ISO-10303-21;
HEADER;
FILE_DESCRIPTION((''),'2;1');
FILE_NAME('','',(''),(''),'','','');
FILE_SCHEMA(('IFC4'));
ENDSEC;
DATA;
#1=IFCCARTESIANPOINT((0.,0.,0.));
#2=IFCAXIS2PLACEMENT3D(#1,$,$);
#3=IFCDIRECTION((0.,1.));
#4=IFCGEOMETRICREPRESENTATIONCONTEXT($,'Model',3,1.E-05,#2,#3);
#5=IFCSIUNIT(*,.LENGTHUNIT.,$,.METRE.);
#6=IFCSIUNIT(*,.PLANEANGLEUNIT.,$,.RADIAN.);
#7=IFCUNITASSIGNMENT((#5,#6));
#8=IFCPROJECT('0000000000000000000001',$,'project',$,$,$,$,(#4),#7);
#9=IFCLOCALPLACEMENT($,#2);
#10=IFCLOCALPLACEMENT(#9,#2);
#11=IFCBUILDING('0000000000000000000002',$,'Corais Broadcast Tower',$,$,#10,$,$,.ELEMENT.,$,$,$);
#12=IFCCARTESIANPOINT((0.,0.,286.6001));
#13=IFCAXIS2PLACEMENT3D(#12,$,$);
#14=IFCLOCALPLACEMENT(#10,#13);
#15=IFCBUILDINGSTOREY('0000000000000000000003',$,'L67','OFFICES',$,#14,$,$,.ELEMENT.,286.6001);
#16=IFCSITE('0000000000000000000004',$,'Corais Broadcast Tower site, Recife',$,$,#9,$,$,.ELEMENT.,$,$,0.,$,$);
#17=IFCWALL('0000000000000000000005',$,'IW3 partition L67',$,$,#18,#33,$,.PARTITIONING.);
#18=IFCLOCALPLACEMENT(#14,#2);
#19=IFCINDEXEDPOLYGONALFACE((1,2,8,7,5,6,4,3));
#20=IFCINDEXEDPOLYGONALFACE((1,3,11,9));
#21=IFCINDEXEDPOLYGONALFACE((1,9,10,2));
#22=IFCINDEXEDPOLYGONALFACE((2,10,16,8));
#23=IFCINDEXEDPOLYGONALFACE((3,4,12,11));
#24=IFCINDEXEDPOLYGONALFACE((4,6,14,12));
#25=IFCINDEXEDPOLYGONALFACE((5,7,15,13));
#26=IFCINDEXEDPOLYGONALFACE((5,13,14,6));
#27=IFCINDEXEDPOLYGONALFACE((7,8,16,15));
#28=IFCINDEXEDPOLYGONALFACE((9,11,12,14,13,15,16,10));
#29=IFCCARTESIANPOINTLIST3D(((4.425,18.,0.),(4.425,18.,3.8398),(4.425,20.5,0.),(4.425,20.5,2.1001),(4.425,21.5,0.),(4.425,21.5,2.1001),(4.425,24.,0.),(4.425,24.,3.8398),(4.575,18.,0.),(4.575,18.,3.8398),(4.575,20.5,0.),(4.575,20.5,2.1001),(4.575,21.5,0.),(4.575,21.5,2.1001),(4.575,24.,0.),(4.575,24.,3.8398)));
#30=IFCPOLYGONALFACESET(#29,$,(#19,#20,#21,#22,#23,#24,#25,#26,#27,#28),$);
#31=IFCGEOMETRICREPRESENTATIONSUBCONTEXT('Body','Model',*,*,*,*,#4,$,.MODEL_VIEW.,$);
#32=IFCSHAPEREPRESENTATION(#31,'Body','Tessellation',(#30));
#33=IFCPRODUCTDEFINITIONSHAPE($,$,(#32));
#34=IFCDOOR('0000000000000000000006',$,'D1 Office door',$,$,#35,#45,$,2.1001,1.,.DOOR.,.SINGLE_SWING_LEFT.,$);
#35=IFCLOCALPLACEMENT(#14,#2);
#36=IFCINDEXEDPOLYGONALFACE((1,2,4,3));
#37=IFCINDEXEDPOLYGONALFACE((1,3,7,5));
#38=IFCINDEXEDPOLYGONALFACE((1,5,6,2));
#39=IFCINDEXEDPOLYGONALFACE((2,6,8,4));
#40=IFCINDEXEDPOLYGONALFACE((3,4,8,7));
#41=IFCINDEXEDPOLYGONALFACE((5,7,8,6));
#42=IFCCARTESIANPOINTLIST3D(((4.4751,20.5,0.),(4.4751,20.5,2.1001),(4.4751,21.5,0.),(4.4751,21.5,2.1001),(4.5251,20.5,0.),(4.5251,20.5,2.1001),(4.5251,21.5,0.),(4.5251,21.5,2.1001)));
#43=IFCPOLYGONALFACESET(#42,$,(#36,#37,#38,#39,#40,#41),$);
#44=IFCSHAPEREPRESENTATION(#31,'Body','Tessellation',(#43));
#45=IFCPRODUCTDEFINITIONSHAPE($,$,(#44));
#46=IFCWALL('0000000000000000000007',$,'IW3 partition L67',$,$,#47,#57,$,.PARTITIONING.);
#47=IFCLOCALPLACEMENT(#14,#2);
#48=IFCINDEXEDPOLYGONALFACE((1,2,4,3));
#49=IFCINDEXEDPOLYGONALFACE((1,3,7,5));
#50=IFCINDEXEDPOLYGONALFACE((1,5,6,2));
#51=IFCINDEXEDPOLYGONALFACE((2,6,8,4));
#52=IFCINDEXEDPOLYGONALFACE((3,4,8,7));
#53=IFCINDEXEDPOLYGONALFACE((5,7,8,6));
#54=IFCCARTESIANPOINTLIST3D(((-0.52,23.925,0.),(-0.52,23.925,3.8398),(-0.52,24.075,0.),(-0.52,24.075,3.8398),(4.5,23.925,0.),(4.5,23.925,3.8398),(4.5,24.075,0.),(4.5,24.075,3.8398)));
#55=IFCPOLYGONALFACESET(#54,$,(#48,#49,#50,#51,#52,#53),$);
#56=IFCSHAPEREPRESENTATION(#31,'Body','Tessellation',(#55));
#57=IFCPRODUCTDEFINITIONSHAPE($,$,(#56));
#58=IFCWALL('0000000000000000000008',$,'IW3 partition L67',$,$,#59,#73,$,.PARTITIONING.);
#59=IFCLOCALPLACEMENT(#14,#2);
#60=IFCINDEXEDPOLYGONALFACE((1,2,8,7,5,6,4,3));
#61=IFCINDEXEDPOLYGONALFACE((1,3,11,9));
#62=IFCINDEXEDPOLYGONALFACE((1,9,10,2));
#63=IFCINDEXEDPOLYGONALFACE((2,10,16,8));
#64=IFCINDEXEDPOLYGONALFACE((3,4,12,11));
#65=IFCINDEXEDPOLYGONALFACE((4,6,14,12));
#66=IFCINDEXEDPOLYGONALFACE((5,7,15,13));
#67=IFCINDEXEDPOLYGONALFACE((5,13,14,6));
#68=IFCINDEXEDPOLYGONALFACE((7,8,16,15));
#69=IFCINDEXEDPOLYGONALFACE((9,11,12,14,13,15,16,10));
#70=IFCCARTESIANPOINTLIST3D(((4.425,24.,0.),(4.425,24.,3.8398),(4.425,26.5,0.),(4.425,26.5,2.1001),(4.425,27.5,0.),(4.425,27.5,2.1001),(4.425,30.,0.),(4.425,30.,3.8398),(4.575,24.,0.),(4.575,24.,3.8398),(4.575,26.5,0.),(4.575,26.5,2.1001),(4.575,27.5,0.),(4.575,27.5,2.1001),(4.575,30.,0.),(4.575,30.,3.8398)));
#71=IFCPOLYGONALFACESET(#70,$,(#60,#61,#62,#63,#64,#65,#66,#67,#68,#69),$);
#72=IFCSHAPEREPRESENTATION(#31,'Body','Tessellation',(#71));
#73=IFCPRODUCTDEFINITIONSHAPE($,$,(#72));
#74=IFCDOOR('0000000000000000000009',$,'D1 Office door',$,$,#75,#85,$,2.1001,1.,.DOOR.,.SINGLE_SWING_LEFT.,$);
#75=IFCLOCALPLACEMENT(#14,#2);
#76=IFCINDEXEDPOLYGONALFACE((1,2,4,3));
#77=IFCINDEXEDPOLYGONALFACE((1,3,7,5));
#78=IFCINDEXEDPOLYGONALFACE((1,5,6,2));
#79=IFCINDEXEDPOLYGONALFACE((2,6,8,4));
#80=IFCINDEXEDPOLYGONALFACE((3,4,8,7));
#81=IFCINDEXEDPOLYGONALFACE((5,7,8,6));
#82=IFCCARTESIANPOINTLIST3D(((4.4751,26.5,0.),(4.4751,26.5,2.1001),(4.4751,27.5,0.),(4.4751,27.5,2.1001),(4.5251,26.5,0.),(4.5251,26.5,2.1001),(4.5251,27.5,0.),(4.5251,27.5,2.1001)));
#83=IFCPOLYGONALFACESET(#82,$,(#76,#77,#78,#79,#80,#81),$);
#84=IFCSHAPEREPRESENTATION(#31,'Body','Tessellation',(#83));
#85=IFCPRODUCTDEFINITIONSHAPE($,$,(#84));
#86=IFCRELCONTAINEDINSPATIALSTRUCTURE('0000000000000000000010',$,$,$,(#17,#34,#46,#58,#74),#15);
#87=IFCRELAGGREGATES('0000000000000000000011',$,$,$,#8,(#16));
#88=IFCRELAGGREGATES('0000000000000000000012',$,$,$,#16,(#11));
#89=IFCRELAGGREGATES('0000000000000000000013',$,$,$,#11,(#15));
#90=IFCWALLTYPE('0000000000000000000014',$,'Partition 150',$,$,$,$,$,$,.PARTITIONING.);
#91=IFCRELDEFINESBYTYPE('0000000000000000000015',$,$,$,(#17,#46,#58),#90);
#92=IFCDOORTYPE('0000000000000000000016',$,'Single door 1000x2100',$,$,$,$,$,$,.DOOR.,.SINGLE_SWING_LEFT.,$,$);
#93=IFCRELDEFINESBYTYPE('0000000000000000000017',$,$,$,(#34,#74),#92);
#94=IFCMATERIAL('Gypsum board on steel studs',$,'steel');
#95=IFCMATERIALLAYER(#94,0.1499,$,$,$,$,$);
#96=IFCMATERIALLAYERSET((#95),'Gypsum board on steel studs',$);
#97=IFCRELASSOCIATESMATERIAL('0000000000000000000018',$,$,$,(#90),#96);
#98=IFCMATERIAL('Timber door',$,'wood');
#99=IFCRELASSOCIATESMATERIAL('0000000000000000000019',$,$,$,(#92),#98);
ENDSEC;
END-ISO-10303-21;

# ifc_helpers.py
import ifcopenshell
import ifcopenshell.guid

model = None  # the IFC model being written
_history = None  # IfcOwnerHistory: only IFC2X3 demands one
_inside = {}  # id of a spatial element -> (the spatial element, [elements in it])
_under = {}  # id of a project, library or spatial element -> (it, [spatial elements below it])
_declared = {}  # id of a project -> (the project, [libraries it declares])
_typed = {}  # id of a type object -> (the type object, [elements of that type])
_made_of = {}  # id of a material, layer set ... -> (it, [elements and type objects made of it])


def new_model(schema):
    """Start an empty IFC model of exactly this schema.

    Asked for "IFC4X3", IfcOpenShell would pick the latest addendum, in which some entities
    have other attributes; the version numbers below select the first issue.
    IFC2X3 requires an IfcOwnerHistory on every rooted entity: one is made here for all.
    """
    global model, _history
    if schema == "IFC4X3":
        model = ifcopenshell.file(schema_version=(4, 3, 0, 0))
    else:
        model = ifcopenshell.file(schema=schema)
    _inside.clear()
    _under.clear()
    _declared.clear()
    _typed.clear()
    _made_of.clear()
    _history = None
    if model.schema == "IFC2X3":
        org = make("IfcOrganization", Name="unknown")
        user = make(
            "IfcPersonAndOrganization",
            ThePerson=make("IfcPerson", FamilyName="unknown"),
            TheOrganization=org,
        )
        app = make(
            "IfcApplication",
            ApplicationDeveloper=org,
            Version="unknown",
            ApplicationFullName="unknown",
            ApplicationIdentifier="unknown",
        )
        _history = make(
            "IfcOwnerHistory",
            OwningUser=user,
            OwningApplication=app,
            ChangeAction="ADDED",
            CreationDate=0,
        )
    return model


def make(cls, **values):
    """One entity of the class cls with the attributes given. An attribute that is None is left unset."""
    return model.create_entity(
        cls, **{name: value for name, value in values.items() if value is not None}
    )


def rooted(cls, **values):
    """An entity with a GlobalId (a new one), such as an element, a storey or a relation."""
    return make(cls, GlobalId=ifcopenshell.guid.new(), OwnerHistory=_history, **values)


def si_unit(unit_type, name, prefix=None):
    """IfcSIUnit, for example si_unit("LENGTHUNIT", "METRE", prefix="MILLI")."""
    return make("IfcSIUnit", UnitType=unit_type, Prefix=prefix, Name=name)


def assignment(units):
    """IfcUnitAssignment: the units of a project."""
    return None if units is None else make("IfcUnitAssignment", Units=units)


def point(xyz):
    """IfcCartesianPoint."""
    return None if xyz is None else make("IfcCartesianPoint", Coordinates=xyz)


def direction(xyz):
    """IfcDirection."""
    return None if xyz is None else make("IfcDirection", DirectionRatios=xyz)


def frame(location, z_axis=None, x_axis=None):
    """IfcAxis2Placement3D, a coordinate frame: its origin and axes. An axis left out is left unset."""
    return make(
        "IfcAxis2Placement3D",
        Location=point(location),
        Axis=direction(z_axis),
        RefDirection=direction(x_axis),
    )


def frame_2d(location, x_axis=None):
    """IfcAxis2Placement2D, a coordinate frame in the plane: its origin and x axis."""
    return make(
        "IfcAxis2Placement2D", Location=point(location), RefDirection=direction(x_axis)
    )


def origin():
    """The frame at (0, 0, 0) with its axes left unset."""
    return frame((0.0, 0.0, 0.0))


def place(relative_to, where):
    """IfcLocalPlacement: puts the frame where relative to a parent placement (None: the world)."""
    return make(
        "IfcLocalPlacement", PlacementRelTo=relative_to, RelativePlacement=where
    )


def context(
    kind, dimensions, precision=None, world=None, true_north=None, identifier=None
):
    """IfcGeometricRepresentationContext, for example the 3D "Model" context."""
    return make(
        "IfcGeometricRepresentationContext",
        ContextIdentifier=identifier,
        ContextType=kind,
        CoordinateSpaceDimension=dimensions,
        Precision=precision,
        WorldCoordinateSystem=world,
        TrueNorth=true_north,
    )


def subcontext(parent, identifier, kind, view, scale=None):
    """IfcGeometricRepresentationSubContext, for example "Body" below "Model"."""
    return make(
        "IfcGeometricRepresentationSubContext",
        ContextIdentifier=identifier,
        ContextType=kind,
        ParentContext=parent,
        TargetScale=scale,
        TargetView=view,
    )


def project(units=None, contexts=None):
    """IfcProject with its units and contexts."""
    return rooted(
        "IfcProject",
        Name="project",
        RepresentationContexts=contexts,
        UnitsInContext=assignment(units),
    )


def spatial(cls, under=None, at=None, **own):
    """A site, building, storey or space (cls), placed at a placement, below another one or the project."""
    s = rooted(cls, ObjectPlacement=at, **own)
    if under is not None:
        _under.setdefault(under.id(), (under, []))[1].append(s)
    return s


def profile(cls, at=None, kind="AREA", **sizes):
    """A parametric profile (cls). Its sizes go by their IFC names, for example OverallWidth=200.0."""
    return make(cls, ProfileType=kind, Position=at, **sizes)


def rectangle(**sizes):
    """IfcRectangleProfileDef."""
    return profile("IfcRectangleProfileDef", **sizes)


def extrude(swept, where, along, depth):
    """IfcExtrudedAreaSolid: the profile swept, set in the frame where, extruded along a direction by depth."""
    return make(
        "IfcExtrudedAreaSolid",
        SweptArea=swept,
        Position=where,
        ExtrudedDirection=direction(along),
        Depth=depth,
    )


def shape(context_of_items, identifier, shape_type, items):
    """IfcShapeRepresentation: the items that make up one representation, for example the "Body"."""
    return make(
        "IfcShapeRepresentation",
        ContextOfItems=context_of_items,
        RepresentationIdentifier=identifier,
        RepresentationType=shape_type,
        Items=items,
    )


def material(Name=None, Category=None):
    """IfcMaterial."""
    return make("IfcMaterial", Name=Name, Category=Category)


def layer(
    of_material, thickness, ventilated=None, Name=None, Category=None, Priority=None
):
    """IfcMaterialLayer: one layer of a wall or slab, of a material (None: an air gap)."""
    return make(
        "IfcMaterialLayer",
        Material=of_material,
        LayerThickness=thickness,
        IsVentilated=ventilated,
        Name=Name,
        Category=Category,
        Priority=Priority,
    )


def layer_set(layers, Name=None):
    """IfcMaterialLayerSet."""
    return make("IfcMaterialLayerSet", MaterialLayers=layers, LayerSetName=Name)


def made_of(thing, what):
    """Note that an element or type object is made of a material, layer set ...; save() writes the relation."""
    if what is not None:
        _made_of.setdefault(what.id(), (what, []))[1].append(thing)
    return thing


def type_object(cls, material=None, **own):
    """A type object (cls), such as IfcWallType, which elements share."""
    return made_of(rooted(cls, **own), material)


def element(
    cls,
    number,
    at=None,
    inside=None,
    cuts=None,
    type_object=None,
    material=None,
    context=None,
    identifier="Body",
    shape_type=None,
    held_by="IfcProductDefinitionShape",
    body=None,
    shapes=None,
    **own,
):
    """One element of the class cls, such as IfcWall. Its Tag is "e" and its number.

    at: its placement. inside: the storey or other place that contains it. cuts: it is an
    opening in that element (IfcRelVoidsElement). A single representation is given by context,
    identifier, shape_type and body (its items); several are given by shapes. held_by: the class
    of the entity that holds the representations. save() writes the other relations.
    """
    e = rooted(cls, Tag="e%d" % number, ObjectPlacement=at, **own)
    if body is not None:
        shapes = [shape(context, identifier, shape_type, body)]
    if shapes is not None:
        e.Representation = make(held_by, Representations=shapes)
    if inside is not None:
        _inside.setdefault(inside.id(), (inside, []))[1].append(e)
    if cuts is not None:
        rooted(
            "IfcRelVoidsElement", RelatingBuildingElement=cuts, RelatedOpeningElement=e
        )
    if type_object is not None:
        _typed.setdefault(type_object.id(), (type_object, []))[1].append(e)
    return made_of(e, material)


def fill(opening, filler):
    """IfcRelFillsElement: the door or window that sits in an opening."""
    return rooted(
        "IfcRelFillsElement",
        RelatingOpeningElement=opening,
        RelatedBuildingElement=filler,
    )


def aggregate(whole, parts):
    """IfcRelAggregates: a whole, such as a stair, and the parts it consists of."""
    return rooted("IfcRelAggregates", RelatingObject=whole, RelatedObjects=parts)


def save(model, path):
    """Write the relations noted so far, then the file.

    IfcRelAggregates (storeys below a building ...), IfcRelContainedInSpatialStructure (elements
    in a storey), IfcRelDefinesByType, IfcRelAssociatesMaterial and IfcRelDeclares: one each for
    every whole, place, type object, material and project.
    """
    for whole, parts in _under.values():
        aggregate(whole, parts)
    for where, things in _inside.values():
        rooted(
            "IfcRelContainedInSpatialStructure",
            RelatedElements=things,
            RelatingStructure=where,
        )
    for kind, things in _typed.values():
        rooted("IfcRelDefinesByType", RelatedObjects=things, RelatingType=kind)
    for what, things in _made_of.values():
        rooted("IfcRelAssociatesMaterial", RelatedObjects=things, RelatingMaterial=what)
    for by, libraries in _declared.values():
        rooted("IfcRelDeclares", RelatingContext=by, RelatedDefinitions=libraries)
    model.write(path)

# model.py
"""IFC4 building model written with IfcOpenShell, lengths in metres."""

from ifc_helpers import new_model, si_unit, direction, frame, frame_2d, origin, place, context, subcontext, project, spatial, rectangle, extrude, material, layer, layer_set, type_object, element, fill, save


model = new_model("IFC4")

# Units and contexts
model_context = context("Model", 3, precision=1e-05, world=origin(), true_north=direction((0.0, 1.0)))
body_context = subcontext(model_context, "Body", "Model", "MODEL_VIEW")
ifc_project = project(units=[si_unit("LENGTHUNIT", "METRE"), si_unit("PLANEANGLEUNIT", "RADIAN")], contexts=[model_context])

# Site, building, storey
site_placement = place(None, origin())
site = spatial("IfcSite", under=ifc_project, at=site_placement, Name="Corais Broadcast Tower site, Recife", CompositionType="ELEMENT", RefElevation=0.0)
building_placement = place(site_placement, origin())
building = spatial("IfcBuilding", under=site, at=building_placement, Name="Corais Broadcast Tower", CompositionType="ELEMENT")
storey_placement = place(building_placement, frame((0.0, 0.0, 286.6001)))
storey = spatial("IfcBuildingStorey", under=building, at=storey_placement, Name="L67", Description="OFFICES", CompositionType="ELEMENT", Elevation=286.6001)

# Shared definitions
ifc_material_1 = material(Name="Gypsum board on steel studs", Category="steel")
ifc_layer_1 = layer(ifc_material_1, 0.1499)
ifc_layer_set_1 = layer_set([ifc_layer_1], Name="Gypsum board on steel studs")
wall_type = type_object("IfcWallType", Name="Partition 150", PredefinedType="PARTITIONING", material=ifc_layer_set_1)

# Wall, opening, door
wall_1_placement = place(storey_placement, frame((4.5, 18.0, 0.0), z_axis=(0.0, 0.0, 1.0), x_axis=(0.0, 1.0, 0.0)))
wall_1 = element("IfcWall", 1, at=wall_1_placement, inside=storey, type_object=wall_type, Name="IW3 partition L67", PredefinedType="PARTITIONING", context=body_context, shape_type="SweptSolid", body=[
    extrude(rectangle(XDim=6.0, YDim=0.1499, at=frame_2d((3.0, 0.0))), origin(), (0.0, 0.0, 1.0), 3.8398),
])
opening_1_placement = place(wall_1_placement, frame((2.5, 0.0, 0.0)))
opening_1 = element("IfcOpeningElement", 2, at=opening_1_placement, cuts=wall_1, PredefinedType="OPENING", context=body_context, shape_type="SweptSolid", body=[
    extrude(rectangle(XDim=1.0, YDim=2.1001, at=frame_2d((0.5, 1.05))), frame((0.0, 0.085, 0.0), z_axis=(0.0, -1.0, 0.0), x_axis=(1.0, 0.0, 0.0)), (0.0, 0.0, 1.0), 0.1699),
])
ifc_material_2 = material(Name="Timber door", Category="wood")
door_type = type_object("IfcDoorType", Name="Single door 1000x2100", OperationType="SINGLE_SWING_LEFT", PredefinedType="DOOR", material=ifc_material_2)
door_1_placement = place(opening_1_placement, origin())
door_1 = element("IfcDoor", 3, at=door_1_placement, inside=storey, type_object=door_type, Name="D1 Office door", OperationType="SINGLE_SWING_LEFT", OverallHeight=2.1001, OverallWidth=1.0, PredefinedType="DOOR", context=body_context, shape_type="SweptSolid", body=[
    extrude(rectangle(XDim=1.0, YDim=2.1001, at=frame_2d((0.5, 1.05))), frame((0.0, 0.0249, 0.0), z_axis=(0.0, -1.0, 0.0), x_axis=(1.0, 0.0, 0.0)), (0.0, 0.0, 1.0), 0.05),
])
fill(opening_1, door_1)

# Wall
wall_2_placement = place(storey_placement, frame((4.5, 24.0, 0.0), z_axis=(0.0, 0.0, 1.0), x_axis=(-1.0, 0.0, 0.0)))
element("IfcWall", 4, at=wall_2_placement, inside=storey, type_object=wall_type, Name="IW3 partition L67", PredefinedType="PARTITIONING", context=body_context, shape_type="SweptSolid", body=[
    extrude(rectangle(XDim=5.02, YDim=0.1499, at=frame_2d((2.51, 0.0))), origin(), (0.0, 0.0, 1.0), 3.8398),
])

# Wall, opening, door
wall_3_placement = place(storey_placement, frame((4.5, 24.0, 0.0), z_axis=(0.0, 0.0, 1.0), x_axis=(0.0, 1.0, 0.0)))
wall_3 = element("IfcWall", 5, at=wall_3_placement, inside=storey, type_object=wall_type, Name="IW3 partition L67", PredefinedType="PARTITIONING", context=body_context, shape_type="SweptSolid", body=[
    extrude(rectangle(XDim=6.0, YDim=0.1499, at=frame_2d((3.0, 0.0))), origin(), (0.0, 0.0, 1.0), 3.8398),
])
opening_2_placement = place(wall_3_placement, frame((2.5, 0.0, 0.0)))
opening_2 = element("IfcOpeningElement", 6, at=opening_2_placement, cuts=wall_3, PredefinedType="OPENING", context=body_context, shape_type="SweptSolid", body=[
    extrude(rectangle(XDim=1.0, YDim=2.1001, at=frame_2d((0.5, 1.05))), frame((0.0, 0.085, 0.0), z_axis=(0.0, -1.0, 0.0), x_axis=(1.0, 0.0, 0.0)), (0.0, 0.0, 1.0), 0.1699),
])
door_2_placement = place(opening_2_placement, origin())
door_2 = element("IfcDoor", 7, at=door_2_placement, inside=storey, type_object=door_type, Name="D1 Office door", OperationType="SINGLE_SWING_LEFT", OverallHeight=2.1001, OverallWidth=1.0, PredefinedType="DOOR", context=body_context, shape_type="SweptSolid", body=[
    extrude(rectangle(XDim=1.0, YDim=2.1001, at=frame_2d((0.5, 1.05))), frame((0.0, 0.0249, 0.0), z_axis=(0.0, -1.0, 0.0), x_axis=(1.0, 0.0, 0.0)), (0.0, 0.0, 1.0), 0.05),
])
fill(opening_2, door_2)

save(model, "model.ifc")
